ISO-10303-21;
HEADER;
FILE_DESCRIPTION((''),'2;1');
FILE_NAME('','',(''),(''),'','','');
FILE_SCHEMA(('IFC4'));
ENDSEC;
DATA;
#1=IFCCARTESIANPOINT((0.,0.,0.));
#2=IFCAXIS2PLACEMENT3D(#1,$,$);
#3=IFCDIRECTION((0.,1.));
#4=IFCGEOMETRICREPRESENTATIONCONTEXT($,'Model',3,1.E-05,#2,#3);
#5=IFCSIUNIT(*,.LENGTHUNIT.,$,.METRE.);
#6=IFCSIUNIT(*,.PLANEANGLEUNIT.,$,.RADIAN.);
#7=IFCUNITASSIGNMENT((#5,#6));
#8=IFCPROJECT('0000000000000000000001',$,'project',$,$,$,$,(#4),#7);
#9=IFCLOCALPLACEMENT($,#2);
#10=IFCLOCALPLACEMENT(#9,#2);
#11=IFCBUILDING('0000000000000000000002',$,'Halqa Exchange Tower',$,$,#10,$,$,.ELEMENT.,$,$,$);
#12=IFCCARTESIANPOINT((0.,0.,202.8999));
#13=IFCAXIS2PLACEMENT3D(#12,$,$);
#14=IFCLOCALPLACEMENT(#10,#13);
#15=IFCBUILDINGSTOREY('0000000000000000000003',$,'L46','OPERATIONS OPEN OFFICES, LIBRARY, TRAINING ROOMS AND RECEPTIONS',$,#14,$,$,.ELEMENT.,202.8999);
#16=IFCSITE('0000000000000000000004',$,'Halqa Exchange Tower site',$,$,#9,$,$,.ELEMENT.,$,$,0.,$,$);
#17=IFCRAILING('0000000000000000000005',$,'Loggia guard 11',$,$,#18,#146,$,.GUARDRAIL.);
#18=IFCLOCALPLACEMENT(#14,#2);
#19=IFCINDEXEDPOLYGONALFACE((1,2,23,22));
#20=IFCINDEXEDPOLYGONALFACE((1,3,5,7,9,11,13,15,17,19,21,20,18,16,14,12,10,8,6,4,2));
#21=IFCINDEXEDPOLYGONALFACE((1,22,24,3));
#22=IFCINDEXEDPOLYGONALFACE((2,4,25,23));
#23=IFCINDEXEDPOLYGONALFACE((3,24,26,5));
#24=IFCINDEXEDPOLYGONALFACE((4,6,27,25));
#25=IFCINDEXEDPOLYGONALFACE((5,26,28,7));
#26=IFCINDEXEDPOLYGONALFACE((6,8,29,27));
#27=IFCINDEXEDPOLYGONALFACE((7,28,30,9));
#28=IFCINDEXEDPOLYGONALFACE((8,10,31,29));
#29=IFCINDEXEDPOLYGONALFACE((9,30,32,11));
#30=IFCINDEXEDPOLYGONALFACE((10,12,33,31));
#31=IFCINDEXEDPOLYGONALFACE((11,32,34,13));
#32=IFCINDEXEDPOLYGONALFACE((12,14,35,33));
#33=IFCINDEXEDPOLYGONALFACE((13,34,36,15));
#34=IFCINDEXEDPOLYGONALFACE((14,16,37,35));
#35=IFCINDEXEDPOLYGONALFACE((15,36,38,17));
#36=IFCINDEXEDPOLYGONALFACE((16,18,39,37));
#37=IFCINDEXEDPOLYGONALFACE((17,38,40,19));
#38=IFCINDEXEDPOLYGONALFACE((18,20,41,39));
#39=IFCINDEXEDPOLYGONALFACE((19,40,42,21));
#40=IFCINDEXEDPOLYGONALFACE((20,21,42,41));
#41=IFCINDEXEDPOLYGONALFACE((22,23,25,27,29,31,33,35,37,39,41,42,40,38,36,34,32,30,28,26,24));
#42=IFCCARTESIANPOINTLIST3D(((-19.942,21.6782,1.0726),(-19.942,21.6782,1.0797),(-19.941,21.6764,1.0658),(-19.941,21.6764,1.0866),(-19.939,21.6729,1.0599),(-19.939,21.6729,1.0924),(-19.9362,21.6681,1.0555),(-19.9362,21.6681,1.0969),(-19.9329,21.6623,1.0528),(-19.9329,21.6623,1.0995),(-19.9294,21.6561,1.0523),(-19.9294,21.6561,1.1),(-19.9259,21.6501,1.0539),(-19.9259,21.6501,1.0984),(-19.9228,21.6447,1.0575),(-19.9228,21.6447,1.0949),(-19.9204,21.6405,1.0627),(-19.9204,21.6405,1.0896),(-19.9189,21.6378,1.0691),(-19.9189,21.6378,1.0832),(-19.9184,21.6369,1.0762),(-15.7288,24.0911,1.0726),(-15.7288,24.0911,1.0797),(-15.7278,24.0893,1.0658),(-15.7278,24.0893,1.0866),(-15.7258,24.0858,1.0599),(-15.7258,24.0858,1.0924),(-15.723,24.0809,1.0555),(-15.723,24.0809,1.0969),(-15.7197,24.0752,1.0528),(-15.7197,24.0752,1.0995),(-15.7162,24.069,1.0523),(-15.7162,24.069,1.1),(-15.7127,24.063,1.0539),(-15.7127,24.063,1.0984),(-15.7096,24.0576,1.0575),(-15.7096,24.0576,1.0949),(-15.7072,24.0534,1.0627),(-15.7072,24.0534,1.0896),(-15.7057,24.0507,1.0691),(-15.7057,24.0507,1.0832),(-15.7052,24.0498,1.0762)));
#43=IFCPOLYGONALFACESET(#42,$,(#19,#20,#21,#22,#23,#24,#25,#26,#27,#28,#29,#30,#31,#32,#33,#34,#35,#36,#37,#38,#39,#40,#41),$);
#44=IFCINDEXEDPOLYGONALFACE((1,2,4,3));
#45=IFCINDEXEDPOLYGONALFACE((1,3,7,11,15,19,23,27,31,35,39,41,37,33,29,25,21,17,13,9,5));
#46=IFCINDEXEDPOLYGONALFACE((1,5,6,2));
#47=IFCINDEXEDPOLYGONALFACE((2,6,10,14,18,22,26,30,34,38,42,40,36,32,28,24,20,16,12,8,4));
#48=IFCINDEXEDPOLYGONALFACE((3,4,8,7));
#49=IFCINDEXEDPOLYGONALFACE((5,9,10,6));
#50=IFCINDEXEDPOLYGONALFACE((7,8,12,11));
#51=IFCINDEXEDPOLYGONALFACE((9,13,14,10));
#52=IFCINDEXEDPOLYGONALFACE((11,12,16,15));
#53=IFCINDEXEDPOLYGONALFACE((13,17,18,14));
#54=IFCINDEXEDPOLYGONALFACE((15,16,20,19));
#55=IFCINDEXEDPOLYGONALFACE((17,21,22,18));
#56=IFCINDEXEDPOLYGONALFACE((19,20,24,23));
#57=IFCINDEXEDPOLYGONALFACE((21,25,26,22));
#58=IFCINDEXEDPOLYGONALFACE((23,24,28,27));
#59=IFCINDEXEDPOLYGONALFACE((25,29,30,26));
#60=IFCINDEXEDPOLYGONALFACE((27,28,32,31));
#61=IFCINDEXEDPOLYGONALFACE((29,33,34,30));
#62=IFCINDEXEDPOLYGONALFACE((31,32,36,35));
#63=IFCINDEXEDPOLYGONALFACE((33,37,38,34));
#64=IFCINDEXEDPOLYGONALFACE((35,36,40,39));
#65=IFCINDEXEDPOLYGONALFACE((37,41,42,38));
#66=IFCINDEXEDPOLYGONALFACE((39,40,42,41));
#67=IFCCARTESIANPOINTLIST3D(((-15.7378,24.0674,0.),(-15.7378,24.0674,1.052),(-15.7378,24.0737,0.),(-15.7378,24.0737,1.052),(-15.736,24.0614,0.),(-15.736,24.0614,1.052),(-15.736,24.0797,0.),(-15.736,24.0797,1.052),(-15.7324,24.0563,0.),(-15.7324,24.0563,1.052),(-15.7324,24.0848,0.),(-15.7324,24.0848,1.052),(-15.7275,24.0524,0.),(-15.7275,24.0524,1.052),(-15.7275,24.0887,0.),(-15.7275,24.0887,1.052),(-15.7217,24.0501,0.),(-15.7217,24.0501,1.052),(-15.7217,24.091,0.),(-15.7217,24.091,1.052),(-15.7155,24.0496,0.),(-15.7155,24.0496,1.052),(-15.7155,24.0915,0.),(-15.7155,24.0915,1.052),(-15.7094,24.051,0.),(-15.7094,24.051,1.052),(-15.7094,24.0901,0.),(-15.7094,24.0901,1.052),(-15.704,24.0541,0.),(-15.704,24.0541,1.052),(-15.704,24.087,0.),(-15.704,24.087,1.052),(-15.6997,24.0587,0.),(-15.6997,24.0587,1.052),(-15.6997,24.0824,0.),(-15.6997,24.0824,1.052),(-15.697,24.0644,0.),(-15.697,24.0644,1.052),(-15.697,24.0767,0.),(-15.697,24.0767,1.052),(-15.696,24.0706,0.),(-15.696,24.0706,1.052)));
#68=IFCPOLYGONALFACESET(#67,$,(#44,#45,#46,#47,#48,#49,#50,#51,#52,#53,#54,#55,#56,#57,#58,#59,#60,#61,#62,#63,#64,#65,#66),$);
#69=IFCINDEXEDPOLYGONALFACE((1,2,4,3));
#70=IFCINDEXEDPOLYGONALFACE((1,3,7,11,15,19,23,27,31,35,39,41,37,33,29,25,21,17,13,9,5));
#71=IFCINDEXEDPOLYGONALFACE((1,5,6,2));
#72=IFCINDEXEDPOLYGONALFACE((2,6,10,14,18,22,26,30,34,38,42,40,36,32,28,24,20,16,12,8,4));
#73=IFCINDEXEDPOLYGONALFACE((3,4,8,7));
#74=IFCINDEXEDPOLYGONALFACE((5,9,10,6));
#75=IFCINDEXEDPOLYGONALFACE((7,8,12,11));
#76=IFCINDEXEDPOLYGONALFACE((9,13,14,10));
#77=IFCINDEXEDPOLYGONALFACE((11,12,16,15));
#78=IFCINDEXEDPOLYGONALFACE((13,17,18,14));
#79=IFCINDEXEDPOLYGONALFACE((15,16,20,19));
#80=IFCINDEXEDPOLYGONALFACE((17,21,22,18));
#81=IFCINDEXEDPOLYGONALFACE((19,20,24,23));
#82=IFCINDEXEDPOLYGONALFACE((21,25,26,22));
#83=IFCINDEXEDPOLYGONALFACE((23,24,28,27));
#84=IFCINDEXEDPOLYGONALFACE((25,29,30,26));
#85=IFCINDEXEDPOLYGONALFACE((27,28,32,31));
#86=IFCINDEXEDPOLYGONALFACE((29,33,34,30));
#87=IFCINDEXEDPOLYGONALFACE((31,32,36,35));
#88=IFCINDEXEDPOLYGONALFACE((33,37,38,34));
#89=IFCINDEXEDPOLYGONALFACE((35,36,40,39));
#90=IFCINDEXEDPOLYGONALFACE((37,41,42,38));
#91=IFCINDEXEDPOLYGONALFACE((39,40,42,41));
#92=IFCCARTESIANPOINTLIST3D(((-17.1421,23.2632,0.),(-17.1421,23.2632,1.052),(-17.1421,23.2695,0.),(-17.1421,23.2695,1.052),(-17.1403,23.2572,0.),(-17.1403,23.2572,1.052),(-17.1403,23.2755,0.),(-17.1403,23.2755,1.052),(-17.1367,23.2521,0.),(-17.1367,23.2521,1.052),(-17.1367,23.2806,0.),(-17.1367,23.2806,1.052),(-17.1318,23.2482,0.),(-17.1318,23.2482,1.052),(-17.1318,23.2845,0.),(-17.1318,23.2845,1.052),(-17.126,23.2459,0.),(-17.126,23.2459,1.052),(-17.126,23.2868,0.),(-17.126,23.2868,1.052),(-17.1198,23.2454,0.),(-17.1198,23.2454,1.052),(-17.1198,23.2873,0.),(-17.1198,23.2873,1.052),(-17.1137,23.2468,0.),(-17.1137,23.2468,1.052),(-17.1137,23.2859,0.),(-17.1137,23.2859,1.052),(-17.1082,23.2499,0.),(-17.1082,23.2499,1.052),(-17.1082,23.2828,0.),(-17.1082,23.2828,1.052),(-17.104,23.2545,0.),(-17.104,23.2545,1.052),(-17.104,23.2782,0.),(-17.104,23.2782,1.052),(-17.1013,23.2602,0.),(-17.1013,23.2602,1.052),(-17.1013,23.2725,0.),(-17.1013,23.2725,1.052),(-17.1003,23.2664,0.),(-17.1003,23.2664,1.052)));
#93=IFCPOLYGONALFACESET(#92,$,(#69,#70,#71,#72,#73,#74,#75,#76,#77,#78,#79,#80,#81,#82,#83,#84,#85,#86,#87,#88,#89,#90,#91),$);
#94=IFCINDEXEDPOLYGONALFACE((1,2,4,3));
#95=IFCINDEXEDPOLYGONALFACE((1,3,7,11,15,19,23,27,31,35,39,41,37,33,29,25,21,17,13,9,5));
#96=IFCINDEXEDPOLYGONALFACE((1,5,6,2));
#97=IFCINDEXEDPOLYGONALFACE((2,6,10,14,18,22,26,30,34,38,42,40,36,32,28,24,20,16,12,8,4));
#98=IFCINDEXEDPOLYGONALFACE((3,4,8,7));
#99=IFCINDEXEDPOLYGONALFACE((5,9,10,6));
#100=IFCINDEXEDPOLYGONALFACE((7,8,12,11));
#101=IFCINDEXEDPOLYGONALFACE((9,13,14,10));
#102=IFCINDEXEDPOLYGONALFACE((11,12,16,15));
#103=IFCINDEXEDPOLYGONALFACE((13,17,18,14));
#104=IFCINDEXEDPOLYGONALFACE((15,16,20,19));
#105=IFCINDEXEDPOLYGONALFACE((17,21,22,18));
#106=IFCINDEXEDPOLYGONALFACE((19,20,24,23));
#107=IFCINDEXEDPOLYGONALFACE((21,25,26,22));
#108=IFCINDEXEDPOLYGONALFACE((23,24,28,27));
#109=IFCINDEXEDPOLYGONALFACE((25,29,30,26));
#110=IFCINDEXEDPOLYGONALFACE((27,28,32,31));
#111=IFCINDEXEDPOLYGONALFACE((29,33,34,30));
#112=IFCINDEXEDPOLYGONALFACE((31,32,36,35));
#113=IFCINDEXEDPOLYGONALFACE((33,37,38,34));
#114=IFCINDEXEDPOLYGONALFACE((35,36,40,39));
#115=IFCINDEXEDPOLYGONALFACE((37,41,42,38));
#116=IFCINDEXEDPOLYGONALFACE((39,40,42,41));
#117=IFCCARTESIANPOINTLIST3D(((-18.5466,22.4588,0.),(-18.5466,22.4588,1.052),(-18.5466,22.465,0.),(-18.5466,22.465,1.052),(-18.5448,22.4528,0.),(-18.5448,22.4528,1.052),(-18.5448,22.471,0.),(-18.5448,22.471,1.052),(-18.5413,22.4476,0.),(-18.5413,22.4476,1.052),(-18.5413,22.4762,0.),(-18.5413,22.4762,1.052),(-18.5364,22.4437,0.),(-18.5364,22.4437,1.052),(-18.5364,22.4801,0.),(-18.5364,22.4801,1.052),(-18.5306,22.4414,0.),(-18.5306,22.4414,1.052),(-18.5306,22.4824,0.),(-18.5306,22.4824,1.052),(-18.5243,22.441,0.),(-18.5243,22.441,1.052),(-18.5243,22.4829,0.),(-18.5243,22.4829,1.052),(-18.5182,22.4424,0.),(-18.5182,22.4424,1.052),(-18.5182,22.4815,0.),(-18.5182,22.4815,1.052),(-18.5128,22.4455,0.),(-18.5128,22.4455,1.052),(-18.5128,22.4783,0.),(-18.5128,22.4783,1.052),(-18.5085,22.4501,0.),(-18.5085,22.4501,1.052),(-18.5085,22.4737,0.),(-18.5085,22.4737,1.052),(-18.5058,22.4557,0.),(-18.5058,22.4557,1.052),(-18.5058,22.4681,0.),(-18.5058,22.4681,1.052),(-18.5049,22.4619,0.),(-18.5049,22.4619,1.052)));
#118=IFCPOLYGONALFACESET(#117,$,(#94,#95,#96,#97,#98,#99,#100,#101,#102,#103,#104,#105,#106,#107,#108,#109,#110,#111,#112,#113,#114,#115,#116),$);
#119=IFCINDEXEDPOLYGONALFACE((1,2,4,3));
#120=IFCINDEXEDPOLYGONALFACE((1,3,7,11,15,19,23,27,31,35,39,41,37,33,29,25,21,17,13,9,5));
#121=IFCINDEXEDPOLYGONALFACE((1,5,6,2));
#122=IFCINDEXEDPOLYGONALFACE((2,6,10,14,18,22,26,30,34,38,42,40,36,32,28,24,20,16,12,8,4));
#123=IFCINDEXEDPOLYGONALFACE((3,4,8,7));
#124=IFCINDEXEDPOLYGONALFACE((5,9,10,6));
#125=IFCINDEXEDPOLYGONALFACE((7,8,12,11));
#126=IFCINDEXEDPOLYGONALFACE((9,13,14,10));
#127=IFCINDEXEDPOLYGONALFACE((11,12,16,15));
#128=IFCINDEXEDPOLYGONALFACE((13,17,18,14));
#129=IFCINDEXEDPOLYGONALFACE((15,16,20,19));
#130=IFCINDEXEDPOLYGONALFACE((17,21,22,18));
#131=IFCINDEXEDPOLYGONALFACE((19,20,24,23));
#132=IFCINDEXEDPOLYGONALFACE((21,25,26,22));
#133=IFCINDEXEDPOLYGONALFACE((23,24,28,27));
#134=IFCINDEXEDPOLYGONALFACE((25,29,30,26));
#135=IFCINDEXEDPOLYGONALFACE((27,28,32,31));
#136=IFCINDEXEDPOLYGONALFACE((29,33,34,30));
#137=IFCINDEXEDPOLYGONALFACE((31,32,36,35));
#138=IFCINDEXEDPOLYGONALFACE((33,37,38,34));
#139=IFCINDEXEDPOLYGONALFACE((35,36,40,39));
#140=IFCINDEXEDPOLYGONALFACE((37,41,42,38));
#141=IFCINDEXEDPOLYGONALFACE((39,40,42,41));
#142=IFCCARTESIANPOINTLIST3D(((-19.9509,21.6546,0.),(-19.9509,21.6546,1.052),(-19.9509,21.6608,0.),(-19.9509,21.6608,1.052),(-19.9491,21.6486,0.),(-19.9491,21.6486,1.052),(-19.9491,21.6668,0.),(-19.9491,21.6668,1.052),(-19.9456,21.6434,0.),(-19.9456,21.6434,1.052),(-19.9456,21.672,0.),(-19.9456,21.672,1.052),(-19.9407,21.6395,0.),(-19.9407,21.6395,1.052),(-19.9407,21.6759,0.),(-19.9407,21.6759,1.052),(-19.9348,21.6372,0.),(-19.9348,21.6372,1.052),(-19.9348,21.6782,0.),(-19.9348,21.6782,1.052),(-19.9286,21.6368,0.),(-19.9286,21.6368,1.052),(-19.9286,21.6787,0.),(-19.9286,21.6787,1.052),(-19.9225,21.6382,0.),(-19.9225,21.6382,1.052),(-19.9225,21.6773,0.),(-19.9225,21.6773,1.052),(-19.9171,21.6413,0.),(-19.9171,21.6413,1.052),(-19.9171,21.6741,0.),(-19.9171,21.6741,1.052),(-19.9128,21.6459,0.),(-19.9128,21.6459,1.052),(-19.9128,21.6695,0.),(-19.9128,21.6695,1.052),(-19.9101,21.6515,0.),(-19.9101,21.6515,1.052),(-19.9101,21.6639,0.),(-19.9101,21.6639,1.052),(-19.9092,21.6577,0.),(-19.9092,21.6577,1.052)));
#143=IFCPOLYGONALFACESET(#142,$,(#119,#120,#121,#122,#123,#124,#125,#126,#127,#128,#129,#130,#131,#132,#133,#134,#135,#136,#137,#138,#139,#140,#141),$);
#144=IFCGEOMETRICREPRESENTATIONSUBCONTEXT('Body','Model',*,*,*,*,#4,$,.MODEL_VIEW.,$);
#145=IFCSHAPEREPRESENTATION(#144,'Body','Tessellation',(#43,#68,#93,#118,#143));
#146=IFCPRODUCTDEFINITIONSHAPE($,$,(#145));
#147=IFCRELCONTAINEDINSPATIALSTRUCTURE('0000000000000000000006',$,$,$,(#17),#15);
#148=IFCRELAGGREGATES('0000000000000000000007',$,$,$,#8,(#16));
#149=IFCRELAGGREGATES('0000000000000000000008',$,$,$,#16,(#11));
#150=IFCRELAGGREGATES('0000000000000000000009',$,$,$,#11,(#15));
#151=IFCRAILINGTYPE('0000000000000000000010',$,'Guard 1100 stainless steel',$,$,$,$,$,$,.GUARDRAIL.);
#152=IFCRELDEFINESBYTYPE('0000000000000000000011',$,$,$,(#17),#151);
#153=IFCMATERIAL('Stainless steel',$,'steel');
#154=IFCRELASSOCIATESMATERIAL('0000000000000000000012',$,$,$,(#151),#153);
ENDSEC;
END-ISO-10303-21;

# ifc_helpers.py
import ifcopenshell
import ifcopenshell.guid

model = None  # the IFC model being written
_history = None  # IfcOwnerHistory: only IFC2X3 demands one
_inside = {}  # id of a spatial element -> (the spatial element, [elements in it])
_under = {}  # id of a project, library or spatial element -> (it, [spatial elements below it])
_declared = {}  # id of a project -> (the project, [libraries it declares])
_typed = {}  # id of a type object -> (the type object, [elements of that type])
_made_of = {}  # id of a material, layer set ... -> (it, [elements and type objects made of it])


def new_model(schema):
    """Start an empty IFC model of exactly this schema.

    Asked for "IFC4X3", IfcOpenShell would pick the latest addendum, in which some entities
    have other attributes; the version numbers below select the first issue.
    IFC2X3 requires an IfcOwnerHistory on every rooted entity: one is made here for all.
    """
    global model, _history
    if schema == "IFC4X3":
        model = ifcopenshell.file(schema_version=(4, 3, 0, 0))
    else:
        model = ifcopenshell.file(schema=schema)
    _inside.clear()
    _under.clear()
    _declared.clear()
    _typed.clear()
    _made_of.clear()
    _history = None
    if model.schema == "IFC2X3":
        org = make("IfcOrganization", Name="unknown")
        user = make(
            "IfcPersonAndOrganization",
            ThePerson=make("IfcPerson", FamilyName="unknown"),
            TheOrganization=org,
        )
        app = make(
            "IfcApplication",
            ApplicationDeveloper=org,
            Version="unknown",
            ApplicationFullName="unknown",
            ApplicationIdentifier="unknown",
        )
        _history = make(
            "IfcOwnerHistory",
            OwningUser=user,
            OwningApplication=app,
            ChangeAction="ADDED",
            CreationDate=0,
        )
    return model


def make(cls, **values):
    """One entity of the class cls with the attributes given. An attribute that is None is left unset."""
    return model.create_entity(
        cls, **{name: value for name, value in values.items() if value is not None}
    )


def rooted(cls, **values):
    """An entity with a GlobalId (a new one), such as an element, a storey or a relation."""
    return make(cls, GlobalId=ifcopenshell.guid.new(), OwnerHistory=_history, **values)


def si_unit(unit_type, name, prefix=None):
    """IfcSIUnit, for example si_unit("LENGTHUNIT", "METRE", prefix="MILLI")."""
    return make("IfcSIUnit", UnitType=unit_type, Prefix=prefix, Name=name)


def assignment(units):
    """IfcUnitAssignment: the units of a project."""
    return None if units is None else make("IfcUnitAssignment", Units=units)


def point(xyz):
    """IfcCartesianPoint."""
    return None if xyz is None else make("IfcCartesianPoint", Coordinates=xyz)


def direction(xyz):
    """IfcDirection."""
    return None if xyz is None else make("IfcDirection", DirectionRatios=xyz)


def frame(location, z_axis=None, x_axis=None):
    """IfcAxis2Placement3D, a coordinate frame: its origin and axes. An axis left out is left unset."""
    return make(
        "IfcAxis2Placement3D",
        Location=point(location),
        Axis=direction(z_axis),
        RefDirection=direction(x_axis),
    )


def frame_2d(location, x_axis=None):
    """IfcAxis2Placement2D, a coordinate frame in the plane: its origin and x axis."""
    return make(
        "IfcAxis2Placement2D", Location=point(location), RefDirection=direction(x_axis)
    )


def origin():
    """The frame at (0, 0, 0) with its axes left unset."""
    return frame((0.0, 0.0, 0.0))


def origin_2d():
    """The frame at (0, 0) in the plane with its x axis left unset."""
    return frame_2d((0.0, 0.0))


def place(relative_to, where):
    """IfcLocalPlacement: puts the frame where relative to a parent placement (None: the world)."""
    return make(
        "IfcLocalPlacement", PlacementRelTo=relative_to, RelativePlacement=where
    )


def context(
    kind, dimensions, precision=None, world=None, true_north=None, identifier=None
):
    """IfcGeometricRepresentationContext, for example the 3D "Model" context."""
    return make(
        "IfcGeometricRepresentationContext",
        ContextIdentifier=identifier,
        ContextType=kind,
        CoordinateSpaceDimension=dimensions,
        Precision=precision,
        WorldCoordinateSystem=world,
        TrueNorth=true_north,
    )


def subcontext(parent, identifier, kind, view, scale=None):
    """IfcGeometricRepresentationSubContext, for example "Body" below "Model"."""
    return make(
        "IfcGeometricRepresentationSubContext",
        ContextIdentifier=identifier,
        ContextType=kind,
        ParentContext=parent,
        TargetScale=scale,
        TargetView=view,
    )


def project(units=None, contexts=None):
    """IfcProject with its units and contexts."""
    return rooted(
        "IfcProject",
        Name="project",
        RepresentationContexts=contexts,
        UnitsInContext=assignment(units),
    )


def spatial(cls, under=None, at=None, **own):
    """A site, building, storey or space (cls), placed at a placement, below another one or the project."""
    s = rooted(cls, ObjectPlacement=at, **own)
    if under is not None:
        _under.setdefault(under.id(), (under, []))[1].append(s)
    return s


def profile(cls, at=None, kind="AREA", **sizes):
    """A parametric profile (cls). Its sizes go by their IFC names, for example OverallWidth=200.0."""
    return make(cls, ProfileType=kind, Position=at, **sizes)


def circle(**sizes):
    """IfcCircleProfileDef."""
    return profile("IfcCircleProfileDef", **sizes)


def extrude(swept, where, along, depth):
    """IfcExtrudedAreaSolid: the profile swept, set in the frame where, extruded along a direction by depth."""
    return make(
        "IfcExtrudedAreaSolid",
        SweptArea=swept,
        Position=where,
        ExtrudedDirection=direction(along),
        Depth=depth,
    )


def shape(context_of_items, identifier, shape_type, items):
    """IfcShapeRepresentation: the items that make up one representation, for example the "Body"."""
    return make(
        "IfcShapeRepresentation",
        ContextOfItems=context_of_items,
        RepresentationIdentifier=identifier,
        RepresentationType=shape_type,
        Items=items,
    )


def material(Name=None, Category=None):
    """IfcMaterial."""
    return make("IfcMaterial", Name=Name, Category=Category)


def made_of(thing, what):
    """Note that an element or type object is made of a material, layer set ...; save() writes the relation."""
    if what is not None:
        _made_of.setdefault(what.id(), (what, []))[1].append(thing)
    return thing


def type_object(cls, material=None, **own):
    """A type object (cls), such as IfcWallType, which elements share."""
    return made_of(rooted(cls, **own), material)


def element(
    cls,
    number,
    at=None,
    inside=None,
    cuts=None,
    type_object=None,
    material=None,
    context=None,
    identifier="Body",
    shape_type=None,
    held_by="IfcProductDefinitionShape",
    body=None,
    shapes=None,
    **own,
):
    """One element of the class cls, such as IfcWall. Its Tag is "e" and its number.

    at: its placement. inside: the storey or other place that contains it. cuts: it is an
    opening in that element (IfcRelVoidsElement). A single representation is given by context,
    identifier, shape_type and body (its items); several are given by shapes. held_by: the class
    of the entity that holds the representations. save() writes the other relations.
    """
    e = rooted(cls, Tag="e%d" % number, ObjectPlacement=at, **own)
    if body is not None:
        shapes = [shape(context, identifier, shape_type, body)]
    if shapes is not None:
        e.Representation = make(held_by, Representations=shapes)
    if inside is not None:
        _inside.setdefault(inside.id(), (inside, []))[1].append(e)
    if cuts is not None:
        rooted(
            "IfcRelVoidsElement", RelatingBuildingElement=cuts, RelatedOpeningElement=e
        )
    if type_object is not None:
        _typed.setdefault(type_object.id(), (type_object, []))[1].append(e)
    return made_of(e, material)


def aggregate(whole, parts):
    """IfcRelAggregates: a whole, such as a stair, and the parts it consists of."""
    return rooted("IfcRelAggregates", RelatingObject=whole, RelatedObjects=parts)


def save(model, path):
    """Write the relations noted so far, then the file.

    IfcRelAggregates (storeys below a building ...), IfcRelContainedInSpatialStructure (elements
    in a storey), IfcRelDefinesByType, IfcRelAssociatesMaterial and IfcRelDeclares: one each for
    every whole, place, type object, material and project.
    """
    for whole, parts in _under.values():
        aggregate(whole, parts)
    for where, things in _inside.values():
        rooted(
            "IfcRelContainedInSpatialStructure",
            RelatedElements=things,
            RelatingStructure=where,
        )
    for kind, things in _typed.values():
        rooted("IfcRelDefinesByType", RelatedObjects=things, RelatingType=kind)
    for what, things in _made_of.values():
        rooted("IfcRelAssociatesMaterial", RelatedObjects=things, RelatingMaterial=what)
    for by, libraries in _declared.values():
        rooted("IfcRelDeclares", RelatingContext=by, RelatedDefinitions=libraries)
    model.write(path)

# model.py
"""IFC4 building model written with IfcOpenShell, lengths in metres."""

from ifc_helpers import new_model, si_unit, direction, frame, origin, origin_2d, place, context, subcontext, project, spatial, circle, extrude, material, type_object, element, save


model = new_model("IFC4")

# Units and contexts
model_context = context("Model", 3, precision=1e-05, world=origin(), true_north=direction((0.0, 1.0)))
body_context = subcontext(model_context, "Body", "Model", "MODEL_VIEW")
ifc_project = project(units=[si_unit("LENGTHUNIT", "METRE"), si_unit("PLANEANGLEUNIT", "RADIAN")], contexts=[model_context])

# Site, building, storey
site_placement = place(None, origin())
site = spatial("IfcSite", under=ifc_project, at=site_placement, Name="Halqa Exchange Tower site", CompositionType="ELEMENT", RefElevation=0.0)
building_placement = place(site_placement, origin())
building = spatial("IfcBuilding", under=site, at=building_placement, Name="Halqa Exchange Tower", CompositionType="ELEMENT")
storey_placement = place(building_placement, frame((0.0, 0.0, 202.8999)))
storey = spatial("IfcBuildingStorey", under=building, at=storey_placement, Name="L46", Description="OPERATIONS OPEN OFFICES, LIBRARY, TRAINING ROOMS AND RECEPTIONS", CompositionType="ELEMENT", Elevation=202.8999)

# Railing
ifc_material_1 = material(Name="Stainless steel", Category="steel")
railing_type = type_object("IfcRailingType", Name="Guard 1100 stainless steel", PredefinedType="GUARDRAIL", material=ifc_material_1)
railing_1_placement = place(storey_placement, frame((-15.717, 24.0706, 0.0)))
element("IfcRailing", 1, at=railing_1_placement, inside=storey, type_object=railing_type, Name="Loggia guard 11", PredefinedType="GUARDRAIL", context=body_context, shape_type="SweptSolid", body=[
    extrude(circle(Radius=0.0239, at=origin_2d()), frame((0.0, 0.0, 1.0762), z_axis=(-0.867769, -0.496967, 0.0), x_axis=(0.496967, -0.867769, 0.0)), (0.0, 0.0, 1.0), 4.8552),
    extrude(circle(Radius=0.021, at=origin_2d()), origin(), (0.0, 0.0, 1.0), 1.052),
    extrude(circle(Radius=0.021, at=origin_2d()), frame((-1.4043, -0.8042, 0.0)), (0.0, 0.0, 1.0), 1.052),
    extrude(circle(Radius=0.021, at=origin_2d()), frame((-2.8088, -1.6086, 0.0)), (0.0, 0.0, 1.0), 1.052),
    extrude(circle(Radius=0.021, at=origin_2d()), frame((-4.2131, -2.4128, 0.0)), (0.0, 0.0, 1.0), 1.052),
])

save(model, "model.ifc")
